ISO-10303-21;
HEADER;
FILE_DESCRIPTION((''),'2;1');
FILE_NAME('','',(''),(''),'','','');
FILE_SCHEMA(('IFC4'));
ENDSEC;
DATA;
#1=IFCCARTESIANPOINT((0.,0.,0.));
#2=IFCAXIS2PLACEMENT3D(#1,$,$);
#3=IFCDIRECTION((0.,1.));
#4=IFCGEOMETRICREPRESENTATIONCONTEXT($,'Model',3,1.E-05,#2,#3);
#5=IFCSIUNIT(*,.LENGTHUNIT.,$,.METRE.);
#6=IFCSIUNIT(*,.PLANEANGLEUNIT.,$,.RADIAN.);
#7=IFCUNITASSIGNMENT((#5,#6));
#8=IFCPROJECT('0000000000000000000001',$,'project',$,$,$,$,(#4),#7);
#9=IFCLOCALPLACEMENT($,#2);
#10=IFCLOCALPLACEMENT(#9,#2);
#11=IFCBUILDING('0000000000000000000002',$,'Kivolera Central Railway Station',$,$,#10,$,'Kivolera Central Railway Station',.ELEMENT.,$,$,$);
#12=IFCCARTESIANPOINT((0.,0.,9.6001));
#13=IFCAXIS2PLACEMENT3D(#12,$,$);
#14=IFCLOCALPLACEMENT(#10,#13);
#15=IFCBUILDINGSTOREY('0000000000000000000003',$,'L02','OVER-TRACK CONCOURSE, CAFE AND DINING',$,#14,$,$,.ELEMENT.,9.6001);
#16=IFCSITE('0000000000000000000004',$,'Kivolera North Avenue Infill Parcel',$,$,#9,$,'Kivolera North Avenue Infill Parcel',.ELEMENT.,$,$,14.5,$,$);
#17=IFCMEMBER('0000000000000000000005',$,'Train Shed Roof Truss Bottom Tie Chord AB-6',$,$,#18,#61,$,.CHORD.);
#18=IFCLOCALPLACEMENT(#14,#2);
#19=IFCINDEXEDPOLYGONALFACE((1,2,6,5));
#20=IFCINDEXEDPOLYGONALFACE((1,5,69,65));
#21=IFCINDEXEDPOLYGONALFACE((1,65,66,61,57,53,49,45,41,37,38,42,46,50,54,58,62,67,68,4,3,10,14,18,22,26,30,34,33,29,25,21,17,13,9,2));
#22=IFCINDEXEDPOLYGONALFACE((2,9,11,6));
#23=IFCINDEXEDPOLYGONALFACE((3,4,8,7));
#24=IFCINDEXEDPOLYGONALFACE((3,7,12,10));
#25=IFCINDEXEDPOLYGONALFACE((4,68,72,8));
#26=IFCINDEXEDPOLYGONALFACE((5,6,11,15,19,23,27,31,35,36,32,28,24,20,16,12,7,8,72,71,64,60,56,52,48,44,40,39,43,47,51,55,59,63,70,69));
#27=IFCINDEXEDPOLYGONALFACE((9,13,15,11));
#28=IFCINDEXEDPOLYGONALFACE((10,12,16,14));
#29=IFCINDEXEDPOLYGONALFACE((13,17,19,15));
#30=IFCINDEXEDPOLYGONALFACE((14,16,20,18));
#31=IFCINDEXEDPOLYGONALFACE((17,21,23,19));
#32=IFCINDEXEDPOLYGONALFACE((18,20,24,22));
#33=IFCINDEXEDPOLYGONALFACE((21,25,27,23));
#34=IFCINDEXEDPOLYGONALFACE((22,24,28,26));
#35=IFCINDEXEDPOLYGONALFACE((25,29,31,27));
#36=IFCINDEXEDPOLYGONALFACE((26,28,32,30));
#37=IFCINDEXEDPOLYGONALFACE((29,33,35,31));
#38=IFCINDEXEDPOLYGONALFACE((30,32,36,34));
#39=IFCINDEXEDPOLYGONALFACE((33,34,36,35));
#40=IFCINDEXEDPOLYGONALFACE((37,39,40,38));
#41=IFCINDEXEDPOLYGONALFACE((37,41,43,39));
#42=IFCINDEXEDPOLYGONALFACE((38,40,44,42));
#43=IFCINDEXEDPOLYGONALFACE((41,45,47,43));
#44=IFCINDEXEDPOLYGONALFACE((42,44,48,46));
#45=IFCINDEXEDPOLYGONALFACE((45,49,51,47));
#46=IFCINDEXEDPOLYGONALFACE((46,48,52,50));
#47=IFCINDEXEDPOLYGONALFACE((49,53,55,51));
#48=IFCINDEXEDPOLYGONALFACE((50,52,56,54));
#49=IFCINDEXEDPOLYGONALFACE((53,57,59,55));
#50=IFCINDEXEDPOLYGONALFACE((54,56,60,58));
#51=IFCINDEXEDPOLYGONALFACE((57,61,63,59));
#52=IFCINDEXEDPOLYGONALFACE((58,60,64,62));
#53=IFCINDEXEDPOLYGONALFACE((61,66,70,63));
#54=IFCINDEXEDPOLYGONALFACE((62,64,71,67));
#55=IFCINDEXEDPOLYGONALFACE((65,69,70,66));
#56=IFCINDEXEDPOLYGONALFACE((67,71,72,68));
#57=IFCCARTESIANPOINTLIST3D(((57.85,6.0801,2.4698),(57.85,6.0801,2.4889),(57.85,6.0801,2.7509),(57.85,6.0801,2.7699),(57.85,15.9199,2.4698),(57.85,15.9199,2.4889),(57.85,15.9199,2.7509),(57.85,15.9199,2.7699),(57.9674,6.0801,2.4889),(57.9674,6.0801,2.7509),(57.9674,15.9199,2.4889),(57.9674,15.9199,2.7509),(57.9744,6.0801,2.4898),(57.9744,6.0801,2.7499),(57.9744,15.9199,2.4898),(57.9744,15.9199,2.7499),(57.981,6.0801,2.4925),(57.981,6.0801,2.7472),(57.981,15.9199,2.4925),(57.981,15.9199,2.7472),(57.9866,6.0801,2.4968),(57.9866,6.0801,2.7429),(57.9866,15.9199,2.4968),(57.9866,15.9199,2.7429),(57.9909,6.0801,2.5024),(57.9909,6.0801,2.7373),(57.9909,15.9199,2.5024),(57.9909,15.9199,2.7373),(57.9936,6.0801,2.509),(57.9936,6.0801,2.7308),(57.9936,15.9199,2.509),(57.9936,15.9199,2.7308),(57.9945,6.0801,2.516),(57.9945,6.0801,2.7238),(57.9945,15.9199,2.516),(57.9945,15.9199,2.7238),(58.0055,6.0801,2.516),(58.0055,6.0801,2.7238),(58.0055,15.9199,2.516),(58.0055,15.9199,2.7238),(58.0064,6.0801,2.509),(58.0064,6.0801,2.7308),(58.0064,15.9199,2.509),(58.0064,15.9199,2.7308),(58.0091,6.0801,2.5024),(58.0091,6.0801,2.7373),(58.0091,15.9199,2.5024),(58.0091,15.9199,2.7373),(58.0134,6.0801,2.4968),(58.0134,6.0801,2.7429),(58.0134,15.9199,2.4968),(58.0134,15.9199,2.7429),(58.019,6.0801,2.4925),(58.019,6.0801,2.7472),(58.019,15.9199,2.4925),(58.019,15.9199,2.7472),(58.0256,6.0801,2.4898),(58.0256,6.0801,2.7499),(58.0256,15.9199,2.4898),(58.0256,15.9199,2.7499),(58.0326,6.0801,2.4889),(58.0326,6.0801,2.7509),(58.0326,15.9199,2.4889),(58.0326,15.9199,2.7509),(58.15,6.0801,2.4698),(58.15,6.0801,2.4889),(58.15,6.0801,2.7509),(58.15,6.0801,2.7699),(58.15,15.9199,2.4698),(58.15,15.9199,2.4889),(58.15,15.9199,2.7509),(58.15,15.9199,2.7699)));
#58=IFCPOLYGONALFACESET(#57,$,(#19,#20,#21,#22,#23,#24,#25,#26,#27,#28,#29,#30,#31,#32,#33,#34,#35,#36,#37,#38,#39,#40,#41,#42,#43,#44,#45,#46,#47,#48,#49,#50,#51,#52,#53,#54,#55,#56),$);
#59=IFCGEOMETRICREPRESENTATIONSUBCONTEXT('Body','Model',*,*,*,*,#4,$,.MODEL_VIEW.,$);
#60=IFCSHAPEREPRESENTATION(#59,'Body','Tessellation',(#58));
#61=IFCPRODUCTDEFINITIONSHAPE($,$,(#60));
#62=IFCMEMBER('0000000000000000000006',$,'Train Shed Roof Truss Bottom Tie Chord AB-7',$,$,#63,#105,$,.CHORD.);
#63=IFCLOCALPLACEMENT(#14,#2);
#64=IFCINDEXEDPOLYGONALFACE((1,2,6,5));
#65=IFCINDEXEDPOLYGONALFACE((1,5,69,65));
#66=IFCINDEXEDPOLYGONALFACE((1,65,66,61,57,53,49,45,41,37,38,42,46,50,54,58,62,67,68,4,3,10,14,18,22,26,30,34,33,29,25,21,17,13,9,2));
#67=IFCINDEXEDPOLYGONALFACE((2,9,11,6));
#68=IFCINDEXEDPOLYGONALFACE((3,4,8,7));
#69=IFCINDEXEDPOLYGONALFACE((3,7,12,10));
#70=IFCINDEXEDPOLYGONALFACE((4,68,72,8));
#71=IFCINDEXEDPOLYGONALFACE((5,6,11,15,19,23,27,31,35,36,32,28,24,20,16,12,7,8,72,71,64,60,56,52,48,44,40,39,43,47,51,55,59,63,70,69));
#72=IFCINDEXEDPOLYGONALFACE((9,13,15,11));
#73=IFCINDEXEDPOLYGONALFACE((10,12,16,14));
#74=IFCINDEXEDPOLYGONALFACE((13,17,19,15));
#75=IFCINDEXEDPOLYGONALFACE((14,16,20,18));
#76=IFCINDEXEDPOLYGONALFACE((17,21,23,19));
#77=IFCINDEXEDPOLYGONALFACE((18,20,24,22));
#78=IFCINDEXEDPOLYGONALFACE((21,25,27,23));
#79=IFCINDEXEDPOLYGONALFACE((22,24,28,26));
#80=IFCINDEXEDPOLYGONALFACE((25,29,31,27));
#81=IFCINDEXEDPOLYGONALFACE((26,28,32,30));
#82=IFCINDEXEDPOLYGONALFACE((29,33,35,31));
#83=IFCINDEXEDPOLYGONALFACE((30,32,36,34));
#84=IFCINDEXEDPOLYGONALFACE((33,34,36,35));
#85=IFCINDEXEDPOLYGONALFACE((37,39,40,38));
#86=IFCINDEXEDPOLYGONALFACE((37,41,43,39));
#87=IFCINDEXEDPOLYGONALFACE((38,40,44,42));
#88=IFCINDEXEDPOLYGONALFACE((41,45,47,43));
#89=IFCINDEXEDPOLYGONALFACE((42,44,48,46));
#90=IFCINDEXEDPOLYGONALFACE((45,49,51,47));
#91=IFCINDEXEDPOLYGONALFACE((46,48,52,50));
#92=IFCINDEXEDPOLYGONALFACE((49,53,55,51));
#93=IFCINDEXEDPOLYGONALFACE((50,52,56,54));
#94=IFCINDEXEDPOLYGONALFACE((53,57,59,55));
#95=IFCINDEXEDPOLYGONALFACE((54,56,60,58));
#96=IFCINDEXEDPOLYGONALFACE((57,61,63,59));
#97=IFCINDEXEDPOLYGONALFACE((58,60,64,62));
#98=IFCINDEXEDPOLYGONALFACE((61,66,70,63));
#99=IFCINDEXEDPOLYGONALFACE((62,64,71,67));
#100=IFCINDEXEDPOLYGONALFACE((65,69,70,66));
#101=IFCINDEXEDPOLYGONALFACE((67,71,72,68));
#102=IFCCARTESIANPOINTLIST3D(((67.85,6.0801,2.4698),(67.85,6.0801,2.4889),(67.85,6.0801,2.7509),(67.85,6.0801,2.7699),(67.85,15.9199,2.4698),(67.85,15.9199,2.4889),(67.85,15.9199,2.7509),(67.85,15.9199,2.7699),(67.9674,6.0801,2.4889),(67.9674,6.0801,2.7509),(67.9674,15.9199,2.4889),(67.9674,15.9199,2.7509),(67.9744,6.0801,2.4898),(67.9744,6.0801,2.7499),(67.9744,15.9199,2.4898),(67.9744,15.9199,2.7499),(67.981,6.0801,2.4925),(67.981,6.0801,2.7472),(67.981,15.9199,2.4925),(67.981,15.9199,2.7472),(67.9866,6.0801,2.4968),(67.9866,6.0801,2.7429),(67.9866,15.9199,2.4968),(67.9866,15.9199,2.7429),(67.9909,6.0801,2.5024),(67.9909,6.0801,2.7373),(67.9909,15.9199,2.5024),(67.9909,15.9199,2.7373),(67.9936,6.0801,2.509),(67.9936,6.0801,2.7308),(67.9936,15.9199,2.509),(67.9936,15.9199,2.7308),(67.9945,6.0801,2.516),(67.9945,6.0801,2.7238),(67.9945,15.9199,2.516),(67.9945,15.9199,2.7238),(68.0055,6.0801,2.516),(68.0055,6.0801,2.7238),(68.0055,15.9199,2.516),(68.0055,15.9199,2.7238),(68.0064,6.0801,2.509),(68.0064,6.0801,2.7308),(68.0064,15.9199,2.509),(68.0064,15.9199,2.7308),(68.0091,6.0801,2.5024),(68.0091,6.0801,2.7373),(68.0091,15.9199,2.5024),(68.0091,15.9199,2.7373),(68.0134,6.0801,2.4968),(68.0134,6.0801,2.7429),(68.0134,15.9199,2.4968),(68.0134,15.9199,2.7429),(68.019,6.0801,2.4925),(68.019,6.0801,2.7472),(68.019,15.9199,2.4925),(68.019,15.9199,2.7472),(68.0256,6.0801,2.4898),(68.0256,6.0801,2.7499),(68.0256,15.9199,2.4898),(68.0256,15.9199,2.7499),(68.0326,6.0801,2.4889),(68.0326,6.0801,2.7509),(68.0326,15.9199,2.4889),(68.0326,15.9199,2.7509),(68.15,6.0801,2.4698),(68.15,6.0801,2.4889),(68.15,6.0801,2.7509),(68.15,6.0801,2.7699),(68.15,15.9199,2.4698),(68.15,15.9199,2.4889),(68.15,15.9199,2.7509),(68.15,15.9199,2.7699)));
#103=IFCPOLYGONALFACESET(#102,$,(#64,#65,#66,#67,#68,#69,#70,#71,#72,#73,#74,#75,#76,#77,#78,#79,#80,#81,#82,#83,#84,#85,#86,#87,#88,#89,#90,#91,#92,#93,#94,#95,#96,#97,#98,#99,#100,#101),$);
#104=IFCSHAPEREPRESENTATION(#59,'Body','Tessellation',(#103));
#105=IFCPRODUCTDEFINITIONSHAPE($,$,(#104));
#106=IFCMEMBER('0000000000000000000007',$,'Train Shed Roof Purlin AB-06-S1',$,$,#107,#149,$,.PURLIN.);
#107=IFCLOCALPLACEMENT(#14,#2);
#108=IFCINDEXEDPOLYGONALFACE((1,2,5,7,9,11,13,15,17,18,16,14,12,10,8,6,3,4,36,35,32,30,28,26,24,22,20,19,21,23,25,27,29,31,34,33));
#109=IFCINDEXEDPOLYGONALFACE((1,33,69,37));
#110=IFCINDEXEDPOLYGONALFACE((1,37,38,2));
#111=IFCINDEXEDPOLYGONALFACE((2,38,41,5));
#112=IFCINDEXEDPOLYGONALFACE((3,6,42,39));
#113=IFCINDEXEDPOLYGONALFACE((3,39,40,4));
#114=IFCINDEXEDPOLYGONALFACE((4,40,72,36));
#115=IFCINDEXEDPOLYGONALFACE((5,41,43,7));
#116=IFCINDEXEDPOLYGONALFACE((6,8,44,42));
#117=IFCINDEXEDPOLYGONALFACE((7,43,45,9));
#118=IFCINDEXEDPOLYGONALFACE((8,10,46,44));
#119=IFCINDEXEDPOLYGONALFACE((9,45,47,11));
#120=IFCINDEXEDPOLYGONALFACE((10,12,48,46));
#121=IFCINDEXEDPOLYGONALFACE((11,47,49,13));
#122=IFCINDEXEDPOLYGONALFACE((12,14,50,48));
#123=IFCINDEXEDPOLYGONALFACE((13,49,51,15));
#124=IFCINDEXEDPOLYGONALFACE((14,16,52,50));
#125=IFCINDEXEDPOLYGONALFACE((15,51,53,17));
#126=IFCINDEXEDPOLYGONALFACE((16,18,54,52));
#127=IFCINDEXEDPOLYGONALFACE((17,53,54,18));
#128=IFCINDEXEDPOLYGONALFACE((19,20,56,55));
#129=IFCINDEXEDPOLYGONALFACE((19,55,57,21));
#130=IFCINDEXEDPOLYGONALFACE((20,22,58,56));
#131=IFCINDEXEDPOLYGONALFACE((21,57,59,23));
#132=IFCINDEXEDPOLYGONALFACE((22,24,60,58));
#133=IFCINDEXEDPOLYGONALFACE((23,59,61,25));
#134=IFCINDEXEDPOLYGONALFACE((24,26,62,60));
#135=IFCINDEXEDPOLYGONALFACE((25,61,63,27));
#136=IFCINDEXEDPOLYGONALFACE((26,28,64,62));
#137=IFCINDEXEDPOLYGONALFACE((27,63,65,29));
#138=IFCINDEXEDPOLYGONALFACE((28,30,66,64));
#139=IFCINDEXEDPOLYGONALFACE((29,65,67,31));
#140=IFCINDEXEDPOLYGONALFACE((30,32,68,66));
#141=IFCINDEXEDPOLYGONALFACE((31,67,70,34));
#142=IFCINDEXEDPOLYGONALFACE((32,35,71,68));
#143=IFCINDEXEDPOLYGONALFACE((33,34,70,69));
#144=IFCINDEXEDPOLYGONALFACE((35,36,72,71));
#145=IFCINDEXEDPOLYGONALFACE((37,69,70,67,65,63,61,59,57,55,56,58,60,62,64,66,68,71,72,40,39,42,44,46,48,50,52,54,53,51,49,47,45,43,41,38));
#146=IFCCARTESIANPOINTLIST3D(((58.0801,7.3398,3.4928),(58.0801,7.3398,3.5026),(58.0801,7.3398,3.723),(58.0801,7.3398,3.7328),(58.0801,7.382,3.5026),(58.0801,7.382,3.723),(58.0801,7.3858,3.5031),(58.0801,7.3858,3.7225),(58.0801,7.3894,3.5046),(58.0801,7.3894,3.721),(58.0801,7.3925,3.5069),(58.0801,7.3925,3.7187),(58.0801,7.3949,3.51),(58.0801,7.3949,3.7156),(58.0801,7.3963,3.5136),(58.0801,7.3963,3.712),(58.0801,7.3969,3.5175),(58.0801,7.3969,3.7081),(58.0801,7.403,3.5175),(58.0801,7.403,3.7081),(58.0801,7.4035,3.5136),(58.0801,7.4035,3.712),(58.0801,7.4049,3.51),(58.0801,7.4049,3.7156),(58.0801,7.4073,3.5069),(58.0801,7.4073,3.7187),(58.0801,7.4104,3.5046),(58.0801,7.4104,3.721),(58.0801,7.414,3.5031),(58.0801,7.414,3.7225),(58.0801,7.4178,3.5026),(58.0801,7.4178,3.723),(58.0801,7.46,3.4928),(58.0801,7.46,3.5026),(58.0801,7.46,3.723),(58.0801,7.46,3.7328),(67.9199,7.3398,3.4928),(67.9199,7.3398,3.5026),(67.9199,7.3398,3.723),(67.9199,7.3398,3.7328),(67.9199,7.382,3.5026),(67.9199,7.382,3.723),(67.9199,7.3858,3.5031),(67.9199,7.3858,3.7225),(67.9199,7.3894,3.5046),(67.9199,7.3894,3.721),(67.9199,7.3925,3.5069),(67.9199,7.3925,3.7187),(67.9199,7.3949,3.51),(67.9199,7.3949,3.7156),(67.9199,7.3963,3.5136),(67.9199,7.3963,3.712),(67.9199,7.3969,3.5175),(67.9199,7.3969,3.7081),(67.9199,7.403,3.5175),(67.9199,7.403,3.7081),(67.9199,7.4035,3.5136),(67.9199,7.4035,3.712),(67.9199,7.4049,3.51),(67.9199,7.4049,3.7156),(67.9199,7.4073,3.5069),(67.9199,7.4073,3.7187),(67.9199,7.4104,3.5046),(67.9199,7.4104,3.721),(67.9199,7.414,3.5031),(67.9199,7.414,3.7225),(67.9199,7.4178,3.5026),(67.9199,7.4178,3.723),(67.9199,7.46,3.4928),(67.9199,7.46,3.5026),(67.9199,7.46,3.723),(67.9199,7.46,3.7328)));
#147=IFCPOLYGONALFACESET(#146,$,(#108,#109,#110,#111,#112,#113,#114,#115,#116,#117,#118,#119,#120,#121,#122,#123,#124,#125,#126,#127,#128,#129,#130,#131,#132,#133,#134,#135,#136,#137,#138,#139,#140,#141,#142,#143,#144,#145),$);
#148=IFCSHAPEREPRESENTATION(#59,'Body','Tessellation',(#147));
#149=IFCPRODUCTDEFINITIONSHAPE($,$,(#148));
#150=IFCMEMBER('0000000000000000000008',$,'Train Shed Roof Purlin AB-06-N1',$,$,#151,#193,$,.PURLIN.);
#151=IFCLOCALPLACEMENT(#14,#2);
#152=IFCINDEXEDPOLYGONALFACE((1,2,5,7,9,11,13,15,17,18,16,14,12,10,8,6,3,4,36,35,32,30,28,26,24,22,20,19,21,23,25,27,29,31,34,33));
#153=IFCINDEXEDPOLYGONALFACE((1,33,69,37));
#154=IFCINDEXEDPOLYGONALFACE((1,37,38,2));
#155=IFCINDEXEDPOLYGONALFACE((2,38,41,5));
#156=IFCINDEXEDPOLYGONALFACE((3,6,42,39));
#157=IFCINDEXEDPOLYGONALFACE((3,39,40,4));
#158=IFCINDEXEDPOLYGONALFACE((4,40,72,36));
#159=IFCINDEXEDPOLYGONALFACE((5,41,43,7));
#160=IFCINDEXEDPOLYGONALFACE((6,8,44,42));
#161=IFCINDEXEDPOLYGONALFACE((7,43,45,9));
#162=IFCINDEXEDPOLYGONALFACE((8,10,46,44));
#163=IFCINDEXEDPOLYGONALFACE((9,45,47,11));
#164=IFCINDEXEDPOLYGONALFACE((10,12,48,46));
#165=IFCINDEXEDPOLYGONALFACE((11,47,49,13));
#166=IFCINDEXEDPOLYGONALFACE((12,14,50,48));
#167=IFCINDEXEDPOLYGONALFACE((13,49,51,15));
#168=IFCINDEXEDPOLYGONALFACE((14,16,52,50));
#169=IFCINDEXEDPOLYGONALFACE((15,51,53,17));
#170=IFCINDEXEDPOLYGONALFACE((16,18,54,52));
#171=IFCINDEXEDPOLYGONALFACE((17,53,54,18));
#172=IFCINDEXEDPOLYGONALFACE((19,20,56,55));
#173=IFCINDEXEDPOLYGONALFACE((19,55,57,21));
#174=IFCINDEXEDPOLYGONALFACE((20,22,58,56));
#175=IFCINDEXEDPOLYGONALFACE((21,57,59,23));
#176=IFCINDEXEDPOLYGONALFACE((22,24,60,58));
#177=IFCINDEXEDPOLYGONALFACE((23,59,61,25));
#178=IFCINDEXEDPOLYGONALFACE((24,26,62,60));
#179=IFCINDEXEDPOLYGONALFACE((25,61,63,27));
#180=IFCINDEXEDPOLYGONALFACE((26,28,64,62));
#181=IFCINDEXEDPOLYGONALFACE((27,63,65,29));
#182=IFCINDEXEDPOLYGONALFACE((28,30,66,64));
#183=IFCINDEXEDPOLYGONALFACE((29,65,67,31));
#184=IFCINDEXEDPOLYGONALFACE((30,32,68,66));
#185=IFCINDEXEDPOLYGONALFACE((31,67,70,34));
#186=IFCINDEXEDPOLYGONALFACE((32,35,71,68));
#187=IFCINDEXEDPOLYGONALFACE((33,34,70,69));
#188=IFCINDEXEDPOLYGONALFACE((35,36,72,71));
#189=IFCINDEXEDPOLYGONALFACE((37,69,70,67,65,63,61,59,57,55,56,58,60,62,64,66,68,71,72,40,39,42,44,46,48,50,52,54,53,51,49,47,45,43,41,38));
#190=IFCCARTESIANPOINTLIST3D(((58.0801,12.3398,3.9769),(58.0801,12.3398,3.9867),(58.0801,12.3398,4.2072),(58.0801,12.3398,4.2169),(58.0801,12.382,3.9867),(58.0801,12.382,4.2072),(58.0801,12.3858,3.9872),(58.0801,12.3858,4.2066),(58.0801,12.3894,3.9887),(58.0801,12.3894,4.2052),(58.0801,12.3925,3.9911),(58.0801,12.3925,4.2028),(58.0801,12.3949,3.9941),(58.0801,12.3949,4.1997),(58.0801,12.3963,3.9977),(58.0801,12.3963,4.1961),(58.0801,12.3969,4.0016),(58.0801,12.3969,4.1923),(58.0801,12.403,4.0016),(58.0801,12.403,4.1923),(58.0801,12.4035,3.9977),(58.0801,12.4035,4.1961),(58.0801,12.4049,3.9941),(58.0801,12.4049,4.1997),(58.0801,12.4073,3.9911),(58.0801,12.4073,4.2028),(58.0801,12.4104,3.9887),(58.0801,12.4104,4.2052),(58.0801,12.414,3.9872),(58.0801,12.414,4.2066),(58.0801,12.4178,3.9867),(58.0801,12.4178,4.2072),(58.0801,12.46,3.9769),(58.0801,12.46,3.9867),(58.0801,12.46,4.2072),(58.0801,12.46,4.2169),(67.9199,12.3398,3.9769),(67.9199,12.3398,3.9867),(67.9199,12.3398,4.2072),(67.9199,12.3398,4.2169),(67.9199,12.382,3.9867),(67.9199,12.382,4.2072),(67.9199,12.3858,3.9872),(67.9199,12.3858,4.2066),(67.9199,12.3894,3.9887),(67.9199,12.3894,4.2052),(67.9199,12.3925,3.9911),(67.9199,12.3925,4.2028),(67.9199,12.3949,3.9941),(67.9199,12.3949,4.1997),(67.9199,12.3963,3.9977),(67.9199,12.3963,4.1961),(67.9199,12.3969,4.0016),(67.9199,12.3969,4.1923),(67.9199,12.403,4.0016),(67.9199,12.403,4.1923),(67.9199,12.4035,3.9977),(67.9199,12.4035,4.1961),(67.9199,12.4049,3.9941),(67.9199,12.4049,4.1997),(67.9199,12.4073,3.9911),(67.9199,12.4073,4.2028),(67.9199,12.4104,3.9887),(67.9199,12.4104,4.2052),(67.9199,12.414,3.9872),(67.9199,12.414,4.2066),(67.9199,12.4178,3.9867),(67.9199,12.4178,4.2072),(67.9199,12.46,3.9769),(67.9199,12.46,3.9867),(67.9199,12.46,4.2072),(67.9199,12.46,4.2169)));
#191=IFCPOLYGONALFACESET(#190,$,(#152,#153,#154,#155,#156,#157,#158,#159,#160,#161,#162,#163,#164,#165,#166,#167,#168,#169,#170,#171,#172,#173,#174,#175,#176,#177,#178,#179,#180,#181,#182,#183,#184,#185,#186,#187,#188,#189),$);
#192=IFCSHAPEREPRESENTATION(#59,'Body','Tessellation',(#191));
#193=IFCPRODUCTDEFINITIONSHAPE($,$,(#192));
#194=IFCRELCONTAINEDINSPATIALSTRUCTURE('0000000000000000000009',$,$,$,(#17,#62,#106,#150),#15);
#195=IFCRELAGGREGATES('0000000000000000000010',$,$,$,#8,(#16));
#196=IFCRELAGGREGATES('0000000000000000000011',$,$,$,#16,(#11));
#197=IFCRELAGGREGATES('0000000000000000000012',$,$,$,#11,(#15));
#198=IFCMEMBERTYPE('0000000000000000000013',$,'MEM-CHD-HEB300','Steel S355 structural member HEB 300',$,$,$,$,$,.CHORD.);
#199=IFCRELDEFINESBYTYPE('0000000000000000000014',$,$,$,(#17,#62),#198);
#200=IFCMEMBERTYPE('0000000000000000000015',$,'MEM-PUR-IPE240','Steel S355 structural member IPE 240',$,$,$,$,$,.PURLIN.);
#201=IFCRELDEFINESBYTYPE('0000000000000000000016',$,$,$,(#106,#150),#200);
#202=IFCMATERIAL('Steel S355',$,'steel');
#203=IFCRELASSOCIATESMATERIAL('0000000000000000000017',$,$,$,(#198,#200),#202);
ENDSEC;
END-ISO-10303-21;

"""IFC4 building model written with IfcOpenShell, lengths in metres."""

from ifc_helpers import new_model, si_unit, direction, frame, origin, origin_2d, place, context, subcontext, project, spatial, i_section, extrude, material, material_profile, profile_set, type_object, element, save


model = new_model("IFC4")

# Units and contexts
model_context = context("Model", 3, precision=1e-05, world=origin(), true_north=direction((0.0, 1.0)))
body_context = subcontext(model_context, "Body", "Model", "MODEL_VIEW")
ifc_project = project(units=[si_unit("LENGTHUNIT", "METRE"), si_unit("PLANEANGLEUNIT", "RADIAN")], contexts=[model_context])

# Site, building, storey
site_placement = place(None, origin())
site = spatial("IfcSite", under=ifc_project, at=site_placement, Name="Kivolera North Avenue Infill Parcel", LongName="Kivolera North Avenue Infill Parcel", CompositionType="ELEMENT", RefElevation=14.5)
building_placement = place(site_placement, origin())
building = spatial("IfcBuilding", under=site, at=building_placement, Name="Kivolera Central Railway Station", LongName="Kivolera Central Railway Station", CompositionType="ELEMENT")
storey_placement = place(building_placement, frame((0.0, 0.0, 9.6001)))
storey = spatial("IfcBuildingStorey", under=building, at=storey_placement, Name="L02", Description="OVER-TRACK CONCOURSE, CAFE AND DINING", CompositionType="ELEMENT", Elevation=9.6001)

# Shared definitions
ifc_material_1 = material(Name="Steel S355", Category="steel")

# Members
ifc_material_profile_1 = material_profile(ifc_material_1, i_section(OverallWidth=0.3, OverallDepth=0.3, WebThickness=0.011, FlangeThickness=0.019, FilletRadius=0.0271, at=origin_2d()), Name="HEB 300")
ifc_profile_set_1 = profile_set([ifc_material_profile_1], Name="Steel S355")
member_type_1 = type_object("IfcMemberType", Name="MEM-CHD-HEB300", Description="Steel S355 structural member HEB 300", PredefinedType="CHORD", material=ifc_profile_set_1)
for number, where, z_axis, x_axis, name in (
    (1, (58.0, 6.0801, 2.6199), (0.0, 1.0, 0.0), (-1.0, 0.0, 0.0), "Train Shed Roof Truss Bottom Tie Chord AB-6"),
    (2, (68.0, 6.0801, 2.6199), (0.0, 1.0, 0.0), (-1.0, 0.0, 0.0), "Train Shed Roof Truss Bottom Tie Chord AB-7"),
):
    element("IfcMember", number, at=place(storey_placement, frame(where, z_axis=z_axis, x_axis=x_axis)), inside=storey, type_object=member_type_1, Name=name, PredefinedType="CHORD", context=body_context, shape_type="SweptSolid", body=[
        extrude(i_section(OverallWidth=0.3, OverallDepth=0.3, WebThickness=0.011, FlangeThickness=0.019, FilletRadius=0.0271, at=origin_2d()), origin(), (0.0, 0.0, 1.0), 9.8398),
    ])
ifc_material_profile_2 = material_profile(ifc_material_1, i_section(OverallWidth=0.1201, OverallDepth=0.24, WebThickness=0.0061, FlangeThickness=0.0098, FilletRadius=0.0149, at=origin_2d()), Name="IPE 240")
ifc_profile_set_2 = profile_set([ifc_material_profile_2], Name="Steel S355")
member_type_2 = type_object("IfcMemberType", Name="MEM-PUR-IPE240", Description="Steel S355 structural member IPE 240", PredefinedType="PURLIN", material=ifc_profile_set_2)
for number, where, z_axis, x_axis, name in (
    (3, (58.0801, 7.3999, 3.6128), (1.0, 0.0, 0.0), (0.0, 1.0, 0.0), "Train Shed Roof Purlin AB-06-S1"),
    (4, (58.0801, 12.3999, 4.0969), (1.0, 0.0, 0.0), (0.0, 1.0, 0.0), "Train Shed Roof Purlin AB-06-N1"),
):
    element("IfcMember", number, at=place(storey_placement, frame(where, z_axis=z_axis, x_axis=x_axis)), inside=storey, type_object=member_type_2, Name=name, PredefinedType="PURLIN", context=body_context, shape_type="SweptSolid", body=[
        extrude(i_section(OverallWidth=0.1201, OverallDepth=0.24, WebThickness=0.0061, FlangeThickness=0.0098, FilletRadius=0.0149, at=origin_2d()), origin(), (0.0, 0.0, 1.0), 9.8398),
    ])

save(model, "model.ifc")
